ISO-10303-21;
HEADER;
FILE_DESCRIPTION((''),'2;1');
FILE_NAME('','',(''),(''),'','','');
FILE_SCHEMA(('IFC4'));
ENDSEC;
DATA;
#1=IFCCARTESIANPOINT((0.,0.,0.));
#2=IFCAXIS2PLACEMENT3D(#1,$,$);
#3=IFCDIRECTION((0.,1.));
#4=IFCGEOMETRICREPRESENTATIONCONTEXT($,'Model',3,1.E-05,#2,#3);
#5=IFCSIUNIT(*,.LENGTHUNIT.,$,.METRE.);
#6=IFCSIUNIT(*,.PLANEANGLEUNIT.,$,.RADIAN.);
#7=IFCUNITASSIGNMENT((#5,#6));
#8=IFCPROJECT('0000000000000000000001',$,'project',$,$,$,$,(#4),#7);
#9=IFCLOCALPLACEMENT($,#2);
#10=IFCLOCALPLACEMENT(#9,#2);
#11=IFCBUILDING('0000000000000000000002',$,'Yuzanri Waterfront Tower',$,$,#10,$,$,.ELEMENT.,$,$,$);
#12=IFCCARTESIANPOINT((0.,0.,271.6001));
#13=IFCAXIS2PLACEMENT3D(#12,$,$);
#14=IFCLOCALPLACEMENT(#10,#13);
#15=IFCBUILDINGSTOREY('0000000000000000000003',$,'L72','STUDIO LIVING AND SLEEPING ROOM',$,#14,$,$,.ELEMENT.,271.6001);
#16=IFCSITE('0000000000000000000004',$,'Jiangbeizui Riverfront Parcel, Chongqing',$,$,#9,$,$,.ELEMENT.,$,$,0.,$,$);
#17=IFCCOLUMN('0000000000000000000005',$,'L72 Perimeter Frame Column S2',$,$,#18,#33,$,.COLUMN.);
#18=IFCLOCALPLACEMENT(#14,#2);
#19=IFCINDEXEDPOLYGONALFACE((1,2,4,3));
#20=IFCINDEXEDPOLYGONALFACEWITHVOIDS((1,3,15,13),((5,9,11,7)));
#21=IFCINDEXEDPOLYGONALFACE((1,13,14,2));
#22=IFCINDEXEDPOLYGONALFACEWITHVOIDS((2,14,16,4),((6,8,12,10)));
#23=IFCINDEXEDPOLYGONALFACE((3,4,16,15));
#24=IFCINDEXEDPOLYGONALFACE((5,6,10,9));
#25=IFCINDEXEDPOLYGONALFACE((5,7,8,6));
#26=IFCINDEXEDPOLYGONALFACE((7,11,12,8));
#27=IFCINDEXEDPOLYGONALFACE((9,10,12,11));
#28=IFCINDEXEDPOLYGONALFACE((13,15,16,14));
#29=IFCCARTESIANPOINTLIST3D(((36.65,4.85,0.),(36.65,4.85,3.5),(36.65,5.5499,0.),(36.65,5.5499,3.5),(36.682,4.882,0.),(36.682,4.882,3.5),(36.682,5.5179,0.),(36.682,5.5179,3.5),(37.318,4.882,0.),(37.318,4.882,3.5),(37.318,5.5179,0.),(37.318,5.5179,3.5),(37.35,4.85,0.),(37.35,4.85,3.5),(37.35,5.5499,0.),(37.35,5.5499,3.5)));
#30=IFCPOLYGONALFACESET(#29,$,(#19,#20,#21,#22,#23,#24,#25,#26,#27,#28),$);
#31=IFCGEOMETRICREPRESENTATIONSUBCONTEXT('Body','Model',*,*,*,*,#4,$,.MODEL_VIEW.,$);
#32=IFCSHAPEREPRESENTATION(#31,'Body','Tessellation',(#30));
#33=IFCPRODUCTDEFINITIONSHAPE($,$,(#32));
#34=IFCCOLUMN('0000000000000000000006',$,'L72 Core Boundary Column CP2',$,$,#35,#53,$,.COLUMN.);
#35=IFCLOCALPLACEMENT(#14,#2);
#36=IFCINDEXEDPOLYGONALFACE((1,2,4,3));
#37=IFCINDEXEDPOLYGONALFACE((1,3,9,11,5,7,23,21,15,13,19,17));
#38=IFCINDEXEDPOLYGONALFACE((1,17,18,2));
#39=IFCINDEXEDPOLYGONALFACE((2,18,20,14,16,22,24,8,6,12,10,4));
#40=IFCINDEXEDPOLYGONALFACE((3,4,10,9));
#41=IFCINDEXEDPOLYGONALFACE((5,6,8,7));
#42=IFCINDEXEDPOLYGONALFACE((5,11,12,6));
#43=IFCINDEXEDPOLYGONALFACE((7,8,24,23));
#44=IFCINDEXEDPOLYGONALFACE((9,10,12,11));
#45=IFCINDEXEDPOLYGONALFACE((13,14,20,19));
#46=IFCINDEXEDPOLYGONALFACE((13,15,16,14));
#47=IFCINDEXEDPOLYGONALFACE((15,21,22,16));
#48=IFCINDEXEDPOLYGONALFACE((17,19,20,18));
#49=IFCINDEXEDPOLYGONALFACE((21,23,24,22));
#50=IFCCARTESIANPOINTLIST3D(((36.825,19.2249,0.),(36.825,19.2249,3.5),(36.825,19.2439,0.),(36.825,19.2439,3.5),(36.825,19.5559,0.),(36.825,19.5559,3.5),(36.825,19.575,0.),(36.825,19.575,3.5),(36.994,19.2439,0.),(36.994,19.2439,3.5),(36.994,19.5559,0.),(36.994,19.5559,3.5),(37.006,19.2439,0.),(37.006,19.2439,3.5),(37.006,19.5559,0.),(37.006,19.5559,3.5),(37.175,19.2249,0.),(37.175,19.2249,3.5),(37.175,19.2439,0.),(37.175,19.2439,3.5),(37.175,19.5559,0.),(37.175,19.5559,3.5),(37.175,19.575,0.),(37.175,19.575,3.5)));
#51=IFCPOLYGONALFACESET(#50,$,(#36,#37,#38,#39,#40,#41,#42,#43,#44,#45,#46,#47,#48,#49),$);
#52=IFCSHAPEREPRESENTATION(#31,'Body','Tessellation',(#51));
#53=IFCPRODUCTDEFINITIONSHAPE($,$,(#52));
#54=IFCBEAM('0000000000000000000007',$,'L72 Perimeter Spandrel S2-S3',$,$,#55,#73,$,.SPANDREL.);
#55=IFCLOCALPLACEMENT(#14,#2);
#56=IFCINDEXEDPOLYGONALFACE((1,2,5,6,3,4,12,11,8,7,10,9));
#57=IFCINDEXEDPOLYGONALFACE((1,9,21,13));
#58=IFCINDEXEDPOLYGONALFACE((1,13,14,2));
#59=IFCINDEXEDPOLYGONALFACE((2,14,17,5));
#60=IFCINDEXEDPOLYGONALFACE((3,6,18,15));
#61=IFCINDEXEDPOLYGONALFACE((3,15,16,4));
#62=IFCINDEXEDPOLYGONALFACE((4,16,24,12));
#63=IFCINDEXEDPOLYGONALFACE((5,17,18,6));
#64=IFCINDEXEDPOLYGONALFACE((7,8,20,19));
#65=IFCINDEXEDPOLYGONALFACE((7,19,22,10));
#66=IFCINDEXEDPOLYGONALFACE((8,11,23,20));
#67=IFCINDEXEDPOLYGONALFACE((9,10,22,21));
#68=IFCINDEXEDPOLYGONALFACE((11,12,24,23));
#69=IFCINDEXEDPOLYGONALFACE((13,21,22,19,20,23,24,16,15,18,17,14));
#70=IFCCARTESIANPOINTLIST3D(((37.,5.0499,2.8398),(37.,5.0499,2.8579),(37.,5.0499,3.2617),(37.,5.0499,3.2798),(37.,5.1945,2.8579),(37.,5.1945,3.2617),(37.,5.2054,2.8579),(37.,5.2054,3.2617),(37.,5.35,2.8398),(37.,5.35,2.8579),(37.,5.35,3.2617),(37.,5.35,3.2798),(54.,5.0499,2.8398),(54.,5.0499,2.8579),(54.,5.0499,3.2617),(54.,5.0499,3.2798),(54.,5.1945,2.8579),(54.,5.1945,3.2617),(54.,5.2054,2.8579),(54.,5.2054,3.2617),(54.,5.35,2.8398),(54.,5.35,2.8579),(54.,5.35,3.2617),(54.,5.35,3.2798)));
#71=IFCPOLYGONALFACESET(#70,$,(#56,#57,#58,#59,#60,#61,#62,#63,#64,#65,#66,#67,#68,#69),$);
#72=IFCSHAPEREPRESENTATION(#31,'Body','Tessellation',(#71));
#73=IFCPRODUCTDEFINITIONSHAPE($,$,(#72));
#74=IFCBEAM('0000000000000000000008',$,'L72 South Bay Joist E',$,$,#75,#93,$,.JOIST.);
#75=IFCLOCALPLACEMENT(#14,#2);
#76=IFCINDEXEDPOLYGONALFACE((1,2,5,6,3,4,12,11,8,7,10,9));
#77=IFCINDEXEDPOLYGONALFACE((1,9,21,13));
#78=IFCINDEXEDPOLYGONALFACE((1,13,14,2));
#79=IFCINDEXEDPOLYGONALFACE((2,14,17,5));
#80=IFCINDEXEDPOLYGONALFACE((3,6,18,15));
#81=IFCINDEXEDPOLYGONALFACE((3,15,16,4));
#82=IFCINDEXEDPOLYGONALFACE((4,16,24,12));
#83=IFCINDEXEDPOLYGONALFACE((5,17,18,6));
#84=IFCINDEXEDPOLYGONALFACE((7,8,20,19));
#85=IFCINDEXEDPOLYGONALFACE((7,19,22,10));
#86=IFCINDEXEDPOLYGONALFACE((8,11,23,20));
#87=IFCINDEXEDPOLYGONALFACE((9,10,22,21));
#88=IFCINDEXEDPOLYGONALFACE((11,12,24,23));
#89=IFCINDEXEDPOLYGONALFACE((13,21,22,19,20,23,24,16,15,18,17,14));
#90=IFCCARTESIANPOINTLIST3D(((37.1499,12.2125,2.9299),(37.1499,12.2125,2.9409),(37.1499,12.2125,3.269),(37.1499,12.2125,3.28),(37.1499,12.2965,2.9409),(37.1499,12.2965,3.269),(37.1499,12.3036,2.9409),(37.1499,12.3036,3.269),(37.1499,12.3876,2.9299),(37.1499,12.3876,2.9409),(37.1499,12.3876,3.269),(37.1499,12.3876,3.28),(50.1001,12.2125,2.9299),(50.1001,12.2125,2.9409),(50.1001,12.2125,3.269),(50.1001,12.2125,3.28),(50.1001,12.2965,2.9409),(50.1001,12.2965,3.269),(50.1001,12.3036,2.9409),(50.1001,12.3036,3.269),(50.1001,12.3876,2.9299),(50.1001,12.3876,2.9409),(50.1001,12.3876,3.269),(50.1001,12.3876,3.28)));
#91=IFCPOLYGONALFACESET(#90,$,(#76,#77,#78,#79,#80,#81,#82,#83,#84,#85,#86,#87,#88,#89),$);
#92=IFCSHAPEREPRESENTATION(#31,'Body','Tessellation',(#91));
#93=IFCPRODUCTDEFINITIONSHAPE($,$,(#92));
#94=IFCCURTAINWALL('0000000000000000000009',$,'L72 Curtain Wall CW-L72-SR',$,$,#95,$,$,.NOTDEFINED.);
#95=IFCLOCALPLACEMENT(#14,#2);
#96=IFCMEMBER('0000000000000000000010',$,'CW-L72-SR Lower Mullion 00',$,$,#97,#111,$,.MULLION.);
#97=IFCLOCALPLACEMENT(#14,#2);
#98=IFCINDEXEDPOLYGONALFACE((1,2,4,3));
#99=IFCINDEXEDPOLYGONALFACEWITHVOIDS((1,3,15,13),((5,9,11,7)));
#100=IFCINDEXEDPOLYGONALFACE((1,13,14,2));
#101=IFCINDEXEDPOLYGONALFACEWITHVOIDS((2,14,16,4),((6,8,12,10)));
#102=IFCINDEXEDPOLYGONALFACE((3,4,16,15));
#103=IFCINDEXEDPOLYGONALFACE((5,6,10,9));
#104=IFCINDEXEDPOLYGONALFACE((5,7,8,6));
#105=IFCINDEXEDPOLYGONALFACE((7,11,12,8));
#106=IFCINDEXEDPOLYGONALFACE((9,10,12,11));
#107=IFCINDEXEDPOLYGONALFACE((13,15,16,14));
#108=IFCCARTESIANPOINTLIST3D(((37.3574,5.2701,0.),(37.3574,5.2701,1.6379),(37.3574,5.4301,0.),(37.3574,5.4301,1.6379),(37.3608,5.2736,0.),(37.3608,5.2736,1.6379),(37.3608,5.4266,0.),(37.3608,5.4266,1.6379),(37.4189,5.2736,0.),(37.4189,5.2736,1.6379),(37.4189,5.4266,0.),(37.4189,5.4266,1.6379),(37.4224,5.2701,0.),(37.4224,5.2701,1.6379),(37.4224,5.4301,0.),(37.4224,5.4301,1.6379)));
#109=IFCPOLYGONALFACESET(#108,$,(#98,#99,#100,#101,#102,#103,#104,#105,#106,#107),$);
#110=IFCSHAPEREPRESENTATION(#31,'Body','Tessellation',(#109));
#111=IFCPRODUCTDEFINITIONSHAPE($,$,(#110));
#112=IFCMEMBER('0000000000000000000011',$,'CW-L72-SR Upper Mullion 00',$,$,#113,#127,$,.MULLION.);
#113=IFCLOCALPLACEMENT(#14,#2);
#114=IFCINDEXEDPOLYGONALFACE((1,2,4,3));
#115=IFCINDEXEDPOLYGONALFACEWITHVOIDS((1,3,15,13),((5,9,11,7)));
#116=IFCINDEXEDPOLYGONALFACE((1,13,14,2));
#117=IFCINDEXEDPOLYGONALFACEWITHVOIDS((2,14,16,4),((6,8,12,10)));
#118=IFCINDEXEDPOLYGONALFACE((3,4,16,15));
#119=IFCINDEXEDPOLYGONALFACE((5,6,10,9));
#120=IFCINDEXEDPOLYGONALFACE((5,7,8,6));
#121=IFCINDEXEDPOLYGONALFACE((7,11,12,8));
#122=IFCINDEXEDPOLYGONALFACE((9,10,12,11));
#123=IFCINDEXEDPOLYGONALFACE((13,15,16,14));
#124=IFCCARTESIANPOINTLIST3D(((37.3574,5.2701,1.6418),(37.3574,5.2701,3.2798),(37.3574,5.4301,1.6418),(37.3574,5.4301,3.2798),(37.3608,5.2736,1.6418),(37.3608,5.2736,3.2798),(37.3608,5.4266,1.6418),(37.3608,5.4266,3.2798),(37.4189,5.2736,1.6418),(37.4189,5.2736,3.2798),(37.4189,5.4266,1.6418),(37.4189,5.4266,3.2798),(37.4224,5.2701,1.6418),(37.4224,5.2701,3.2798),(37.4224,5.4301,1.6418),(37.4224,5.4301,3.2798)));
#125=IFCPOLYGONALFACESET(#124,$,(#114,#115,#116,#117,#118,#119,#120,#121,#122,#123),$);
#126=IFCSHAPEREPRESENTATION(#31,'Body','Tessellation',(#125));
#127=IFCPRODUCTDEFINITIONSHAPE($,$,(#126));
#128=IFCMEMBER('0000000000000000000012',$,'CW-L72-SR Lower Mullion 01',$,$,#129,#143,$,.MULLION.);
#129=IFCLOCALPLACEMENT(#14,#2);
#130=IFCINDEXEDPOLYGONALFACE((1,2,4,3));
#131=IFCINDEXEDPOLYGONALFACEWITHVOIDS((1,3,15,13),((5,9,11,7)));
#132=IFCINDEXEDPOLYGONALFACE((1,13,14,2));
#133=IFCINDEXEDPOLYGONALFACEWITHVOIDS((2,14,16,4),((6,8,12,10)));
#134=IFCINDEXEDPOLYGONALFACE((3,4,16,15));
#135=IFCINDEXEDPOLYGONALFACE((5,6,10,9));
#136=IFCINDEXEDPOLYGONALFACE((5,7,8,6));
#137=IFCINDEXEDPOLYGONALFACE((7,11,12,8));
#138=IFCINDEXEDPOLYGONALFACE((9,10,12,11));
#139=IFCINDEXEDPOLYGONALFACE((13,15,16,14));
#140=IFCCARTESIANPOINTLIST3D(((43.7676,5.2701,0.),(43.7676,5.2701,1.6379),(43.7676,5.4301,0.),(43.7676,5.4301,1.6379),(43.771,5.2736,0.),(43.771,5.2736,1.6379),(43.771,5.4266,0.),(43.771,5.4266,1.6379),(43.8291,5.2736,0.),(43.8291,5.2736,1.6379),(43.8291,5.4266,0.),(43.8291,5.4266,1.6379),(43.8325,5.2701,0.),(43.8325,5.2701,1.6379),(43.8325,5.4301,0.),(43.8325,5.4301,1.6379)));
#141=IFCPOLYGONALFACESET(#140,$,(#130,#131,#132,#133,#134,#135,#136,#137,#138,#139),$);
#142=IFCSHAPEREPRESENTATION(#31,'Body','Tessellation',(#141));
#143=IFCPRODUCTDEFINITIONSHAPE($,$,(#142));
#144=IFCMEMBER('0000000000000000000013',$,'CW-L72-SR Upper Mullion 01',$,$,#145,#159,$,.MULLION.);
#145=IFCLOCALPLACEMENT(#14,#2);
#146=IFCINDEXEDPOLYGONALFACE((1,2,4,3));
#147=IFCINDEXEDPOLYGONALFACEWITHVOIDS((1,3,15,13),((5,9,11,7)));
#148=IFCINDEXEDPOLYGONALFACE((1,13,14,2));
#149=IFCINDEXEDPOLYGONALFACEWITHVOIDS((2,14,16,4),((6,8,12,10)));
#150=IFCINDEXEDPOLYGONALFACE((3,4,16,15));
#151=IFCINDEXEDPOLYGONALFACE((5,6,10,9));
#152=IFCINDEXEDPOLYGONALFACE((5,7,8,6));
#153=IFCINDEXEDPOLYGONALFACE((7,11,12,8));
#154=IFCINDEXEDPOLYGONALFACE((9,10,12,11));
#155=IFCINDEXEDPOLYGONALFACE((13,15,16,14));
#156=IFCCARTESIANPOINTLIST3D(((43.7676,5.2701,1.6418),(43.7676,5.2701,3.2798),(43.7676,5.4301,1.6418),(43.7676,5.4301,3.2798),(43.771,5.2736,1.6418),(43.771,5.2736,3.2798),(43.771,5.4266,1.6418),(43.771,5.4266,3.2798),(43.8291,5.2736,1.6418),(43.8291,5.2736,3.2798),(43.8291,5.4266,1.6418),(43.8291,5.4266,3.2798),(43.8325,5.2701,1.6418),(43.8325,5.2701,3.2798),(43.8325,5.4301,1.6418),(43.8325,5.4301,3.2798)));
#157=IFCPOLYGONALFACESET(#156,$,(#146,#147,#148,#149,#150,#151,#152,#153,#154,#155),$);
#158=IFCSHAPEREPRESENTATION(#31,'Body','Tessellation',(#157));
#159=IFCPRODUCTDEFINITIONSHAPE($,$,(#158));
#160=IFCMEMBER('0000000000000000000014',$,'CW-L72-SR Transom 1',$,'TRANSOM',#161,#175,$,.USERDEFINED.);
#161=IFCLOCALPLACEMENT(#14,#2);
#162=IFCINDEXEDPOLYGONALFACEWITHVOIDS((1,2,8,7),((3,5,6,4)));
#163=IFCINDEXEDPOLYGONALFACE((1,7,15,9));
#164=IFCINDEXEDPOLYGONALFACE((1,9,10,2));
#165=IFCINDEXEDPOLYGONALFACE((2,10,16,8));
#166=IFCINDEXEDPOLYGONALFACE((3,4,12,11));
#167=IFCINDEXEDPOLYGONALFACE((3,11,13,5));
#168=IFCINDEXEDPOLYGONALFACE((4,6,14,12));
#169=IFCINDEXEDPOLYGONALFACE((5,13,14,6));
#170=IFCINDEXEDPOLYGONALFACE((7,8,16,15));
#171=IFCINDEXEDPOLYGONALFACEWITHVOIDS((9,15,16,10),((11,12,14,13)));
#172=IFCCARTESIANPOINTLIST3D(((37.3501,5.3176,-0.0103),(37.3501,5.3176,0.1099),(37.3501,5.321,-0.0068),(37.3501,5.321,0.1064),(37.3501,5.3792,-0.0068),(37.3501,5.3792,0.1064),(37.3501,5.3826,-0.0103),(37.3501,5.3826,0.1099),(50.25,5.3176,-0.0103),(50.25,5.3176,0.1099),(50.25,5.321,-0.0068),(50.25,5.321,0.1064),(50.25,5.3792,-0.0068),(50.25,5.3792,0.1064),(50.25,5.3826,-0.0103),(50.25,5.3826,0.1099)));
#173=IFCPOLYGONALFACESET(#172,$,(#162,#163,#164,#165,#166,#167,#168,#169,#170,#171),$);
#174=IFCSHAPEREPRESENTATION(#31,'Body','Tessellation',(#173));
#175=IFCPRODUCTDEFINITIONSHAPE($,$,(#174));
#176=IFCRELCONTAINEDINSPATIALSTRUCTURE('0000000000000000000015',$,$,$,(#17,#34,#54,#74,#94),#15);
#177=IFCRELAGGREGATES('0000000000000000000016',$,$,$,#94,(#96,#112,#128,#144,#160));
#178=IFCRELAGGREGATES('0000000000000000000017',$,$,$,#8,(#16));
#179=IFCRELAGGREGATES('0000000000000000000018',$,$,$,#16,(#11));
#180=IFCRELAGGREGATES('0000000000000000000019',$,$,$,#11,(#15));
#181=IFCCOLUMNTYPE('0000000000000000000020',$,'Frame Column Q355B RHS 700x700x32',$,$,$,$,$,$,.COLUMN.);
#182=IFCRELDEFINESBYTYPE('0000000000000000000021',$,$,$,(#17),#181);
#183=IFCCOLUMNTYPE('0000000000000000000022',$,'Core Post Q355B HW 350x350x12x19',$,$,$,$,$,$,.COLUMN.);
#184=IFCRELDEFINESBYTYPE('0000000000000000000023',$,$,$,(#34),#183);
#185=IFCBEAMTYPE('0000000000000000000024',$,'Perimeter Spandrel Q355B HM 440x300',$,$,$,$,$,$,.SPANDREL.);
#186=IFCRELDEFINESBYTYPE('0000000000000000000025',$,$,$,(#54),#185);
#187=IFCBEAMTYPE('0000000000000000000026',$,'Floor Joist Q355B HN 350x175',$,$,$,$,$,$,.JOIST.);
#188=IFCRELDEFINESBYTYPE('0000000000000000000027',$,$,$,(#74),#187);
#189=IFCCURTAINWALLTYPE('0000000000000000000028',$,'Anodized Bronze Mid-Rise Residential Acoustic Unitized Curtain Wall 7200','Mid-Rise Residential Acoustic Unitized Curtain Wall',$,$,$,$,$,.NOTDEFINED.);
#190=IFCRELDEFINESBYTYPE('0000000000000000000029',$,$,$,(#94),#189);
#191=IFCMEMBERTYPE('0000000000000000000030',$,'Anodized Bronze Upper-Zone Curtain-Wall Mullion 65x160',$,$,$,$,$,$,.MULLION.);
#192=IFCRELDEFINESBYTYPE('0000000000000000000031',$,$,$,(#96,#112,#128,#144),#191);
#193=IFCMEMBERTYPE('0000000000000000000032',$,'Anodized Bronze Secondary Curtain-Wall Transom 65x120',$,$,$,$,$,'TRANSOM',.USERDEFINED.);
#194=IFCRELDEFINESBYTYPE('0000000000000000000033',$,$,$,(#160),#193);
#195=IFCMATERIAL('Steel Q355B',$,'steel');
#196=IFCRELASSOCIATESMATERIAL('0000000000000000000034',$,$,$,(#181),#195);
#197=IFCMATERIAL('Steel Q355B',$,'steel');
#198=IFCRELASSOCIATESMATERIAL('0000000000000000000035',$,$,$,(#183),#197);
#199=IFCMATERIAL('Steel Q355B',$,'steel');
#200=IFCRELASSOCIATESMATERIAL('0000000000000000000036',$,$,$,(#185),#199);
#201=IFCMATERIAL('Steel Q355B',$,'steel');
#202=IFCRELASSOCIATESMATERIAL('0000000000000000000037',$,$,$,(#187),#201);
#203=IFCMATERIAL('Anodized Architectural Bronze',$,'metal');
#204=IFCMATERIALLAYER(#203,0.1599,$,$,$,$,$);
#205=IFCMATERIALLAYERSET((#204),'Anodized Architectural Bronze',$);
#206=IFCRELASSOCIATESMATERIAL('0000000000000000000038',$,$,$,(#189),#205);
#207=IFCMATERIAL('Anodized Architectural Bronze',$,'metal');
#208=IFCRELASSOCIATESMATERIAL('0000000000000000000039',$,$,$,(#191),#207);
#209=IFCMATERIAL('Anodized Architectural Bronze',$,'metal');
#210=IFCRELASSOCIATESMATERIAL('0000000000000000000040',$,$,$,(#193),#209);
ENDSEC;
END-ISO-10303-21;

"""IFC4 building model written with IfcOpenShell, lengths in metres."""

from ifc_helpers import new_model, si_unit, direction, frame, origin, origin_2d, place, context, subcontext, project, spatial, hollow_rectangle, i_section, extrude, source, transform, mapped, material, layer, layer_set, material_profile, profile_set, type_object, element, aggregate, save


model = new_model("IFC4")

# Units and contexts
model_context = context("Model", 3, precision=1e-05, world=origin(), true_north=direction((0.0, 1.0)))
body_context = subcontext(model_context, "Body", "Model", "MODEL_VIEW")
ifc_project = project(units=[si_unit("LENGTHUNIT", "METRE"), si_unit("PLANEANGLEUNIT", "RADIAN")], contexts=[model_context])

# Site, building, storey
site_placement = place(None, origin())
site = spatial("IfcSite", under=ifc_project, at=site_placement, Name="Jiangbeizui Riverfront Parcel, Chongqing", CompositionType="ELEMENT", RefElevation=0.0)
building_placement = place(site_placement, origin())
building = spatial("IfcBuilding", under=site, at=building_placement, Name="Yuzanri Waterfront Tower", CompositionType="ELEMENT")
storey_placement = place(building_placement, frame((0.0, 0.0, 271.6001)))
storey = spatial("IfcBuildingStorey", under=building, at=storey_placement, Name="L72", Description="STUDIO LIVING AND SLEEPING ROOM", CompositionType="ELEMENT", Elevation=271.6001)

# Columns
ifc_material_1 = material(Name="Steel Q355B", Category="steel")
ifc_material_profile_1 = material_profile(ifc_material_1, hollow_rectangle(XDim=0.7, YDim=0.7, WallThickness=0.032, at=origin_2d()), Name="RHS 700x700x32")
ifc_profile_set_1 = profile_set([ifc_material_profile_1], Name="Steel Q355B")
column_type_1 = type_object("IfcColumnType", Name="Frame Column Q355B RHS 700x700x32", PredefinedType="COLUMN", material=ifc_profile_set_1)
shared_shape_1 = source(origin(), body_context, "Body", "SweptSolid", [
    extrude(hollow_rectangle(XDim=0.7, YDim=0.7, WallThickness=0.032, at=origin_2d()), origin(), (0.0, 0.0, 1.0), 3.5),
])
column_1_placement = place(storey_placement, frame((37.0, 5.2, 0.0), z_axis=(0.0, 0.0, 1.0), x_axis=(1.0, 0.0, 0.0)))
element("IfcColumn", 1, at=column_1_placement, inside=storey, type_object=column_type_1, Name="L72 Perimeter Frame Column S2", PredefinedType="COLUMN", context=body_context, shape_type="MappedRepresentation", body=[
    mapped(shared_shape_1, transform((0.0, 0.0, 0.0), scale=1.0)),
])
ifc_material_2 = material(Name="Steel Q355B", Category="steel")
ifc_material_profile_2 = material_profile(ifc_material_2, i_section(OverallWidth=0.3501, OverallDepth=0.3501, WebThickness=0.012, FlangeThickness=0.019, at=origin_2d()), Name="HW 350x350x12x19")
ifc_profile_set_2 = profile_set([ifc_material_profile_2], Name="Steel Q355B")
column_type_2 = type_object("IfcColumnType", Name="Core Post Q355B HW 350x350x12x19", PredefinedType="COLUMN", material=ifc_profile_set_2)
shared_shape_2 = source(origin(), body_context, "Body", "SweptSolid", [
    extrude(i_section(OverallWidth=0.3501, OverallDepth=0.3501, WebThickness=0.012, FlangeThickness=0.019, at=origin_2d()), origin(), (0.0, 0.0, 1.0), 3.5),
])
column_2_placement = place(storey_placement, frame((37.0, 19.3999, 0.0), z_axis=(0.0, 0.0, 1.0), x_axis=(1.0, 0.0, 0.0)))
element("IfcColumn", 2, at=column_2_placement, inside=storey, type_object=column_type_2, Name="L72 Core Boundary Column CP2", PredefinedType="COLUMN", context=body_context, shape_type="MappedRepresentation", body=[
    mapped(shared_shape_2, transform((0.0, 0.0, 0.0), scale=1.0)),
])

# Beams
ifc_material_3 = material(Name="Steel Q355B", Category="steel")
ifc_material_profile_3 = material_profile(ifc_material_3, i_section(OverallWidth=0.3, OverallDepth=0.4399, WebThickness=0.011, FlangeThickness=0.0181, at=origin_2d()), Name="HM 440x300x11x18")
ifc_profile_set_3 = profile_set([ifc_material_profile_3], Name="Steel Q355B")
beam_type_1 = type_object("IfcBeamType", Name="Perimeter Spandrel Q355B HM 440x300", PredefinedType="SPANDREL", material=ifc_profile_set_3)
shared_shape_3 = source(origin(), body_context, "Body", "SweptSolid", [
    extrude(i_section(OverallWidth=0.3, OverallDepth=0.4399, WebThickness=0.011, FlangeThickness=0.0181, at=origin_2d()), origin(), (0.0, 0.0, 1.0), 17.0),
])
beam_1_placement = place(storey_placement, frame((37.0, 5.2, 3.0598), z_axis=(1.0, 0.0, 0.0), x_axis=(0.0, 1.0, 0.0)))
element("IfcBeam", 3, at=beam_1_placement, inside=storey, type_object=beam_type_1, Name="L72 Perimeter Spandrel S2-S3", PredefinedType="SPANDREL", context=body_context, shape_type="MappedRepresentation", body=[
    mapped(shared_shape_3, transform((0.0, 0.0, 0.0), scale=1.0)),
])
ifc_material_4 = material(Name="Steel Q355B", Category="steel")
ifc_material_profile_4 = material_profile(ifc_material_4, i_section(OverallWidth=0.175, OverallDepth=0.3501, WebThickness=0.0071, FlangeThickness=0.011, at=origin_2d()), Name="HN 350x175x7x11")
ifc_profile_set_4 = profile_set([ifc_material_profile_4], Name="Steel Q355B")
beam_type_2 = type_object("IfcBeamType", Name="Floor Joist Q355B HN 350x175", PredefinedType="JOIST", material=ifc_profile_set_4)
shared_shape_4 = source(origin(), body_context, "Body", "SweptSolid", [
    extrude(i_section(OverallWidth=0.175, OverallDepth=0.3501, WebThickness=0.0071, FlangeThickness=0.011, at=origin_2d()), origin(), (0.0, 0.0, 1.0), 12.9502),
])
beam_2_placement = place(storey_placement, frame((37.1499, 12.3, 3.105), z_axis=(1.0, 0.0, 0.0), x_axis=(0.0, 1.0, 0.0)))
element("IfcBeam", 4, at=beam_2_placement, inside=storey, type_object=beam_type_2, Name="L72 South Bay Joist E", PredefinedType="JOIST", context=body_context, shape_type="MappedRepresentation", body=[
    mapped(shared_shape_4, transform((0.0, 0.0, 0.0), scale=1.0)),
])

# Curtain wall, members
ifc_material_5 = material(Name="Anodized Architectural Bronze", Category="metal")
ifc_layer_1 = layer(ifc_material_5, 0.1599)
ifc_layer_set_1 = layer_set([ifc_layer_1], Name="Anodized Architectural Bronze")
curtain_wall_type = type_object("IfcCurtainWallType", Name="Anodized Bronze Mid-Rise Residential Acoustic Unitized Curtain Wall 7200", Description="Mid-Rise Residential Acoustic Unitized Curtain Wall", PredefinedType="NOTDEFINED", material=ifc_layer_set_1)
curtain_wall_placement = place(storey_placement, origin())
curtain_wall = element("IfcCurtainWall", 5, at=curtain_wall_placement, inside=storey, type_object=curtain_wall_type, Name="L72 Curtain Wall CW-L72-SR", PredefinedType="NOTDEFINED")
ifc_material_6 = material(Name="Anodized Architectural Bronze", Category="metal")
ifc_material_profile_5 = material_profile(ifc_material_6, hollow_rectangle(XDim=0.0649, YDim=0.1599, WallThickness=0.0034, at=origin_2d()), Name="CWM 65x160")
ifc_profile_set_5 = profile_set([ifc_material_profile_5], Name="Anodized Architectural Bronze")
member_type_1 = type_object("IfcMemberType", Name="Anodized Bronze Upper-Zone Curtain-Wall Mullion 65x160", PredefinedType="MULLION", material=ifc_profile_set_5)
shared_shape_5 = source(origin(), body_context, "Body", "SweptSolid", [
    extrude(hollow_rectangle(XDim=0.0649, YDim=0.1599, WallThickness=0.0034, at=origin_2d()), origin(), (0.0, 0.0, 1.0), 1.6379),
])
member_1_placement = place(storey_placement, frame((37.3899, 5.3501, 0.0), z_axis=(0.0, 0.0, 1.0), x_axis=(1.0, 0.0, 0.0)))
member_1 = element("IfcMember", 6, at=member_1_placement, type_object=member_type_1, Name="CW-L72-SR Lower Mullion 00", PredefinedType="MULLION", context=body_context, shape_type="MappedRepresentation", body=[
    mapped(shared_shape_5, transform((0.0, 0.0, 0.0), scale=1.0)),
])
member_2_placement = place(storey_placement, frame((37.3899, 5.3501, 1.6418), z_axis=(0.0, 0.0, 1.0), x_axis=(1.0, 0.0, 0.0)))
member_2 = element("IfcMember", 7, at=member_2_placement, type_object=member_type_1, Name="CW-L72-SR Upper Mullion 00", PredefinedType="MULLION", context=body_context, shape_type="MappedRepresentation", body=[
    mapped(shared_shape_5, transform((0.0, 0.0, 0.0), scale=1.0)),
])
member_3_placement = place(storey_placement, frame((43.8, 5.3501, 0.0), z_axis=(0.0, 0.0, 1.0), x_axis=(1.0, 0.0, 0.0)))
member_3 = element("IfcMember", 8, at=member_3_placement, type_object=member_type_1, Name="CW-L72-SR Lower Mullion 01", PredefinedType="MULLION", context=body_context, shape_type="MappedRepresentation", body=[
    mapped(shared_shape_5, transform((0.0, 0.0, 0.0), scale=1.0)),
])
member_4_placement = place(storey_placement, frame((43.8, 5.3501, 1.6418), z_axis=(0.0, 0.0, 1.0), x_axis=(1.0, 0.0, 0.0)))
member_4 = element("IfcMember", 9, at=member_4_placement, type_object=member_type_1, Name="CW-L72-SR Upper Mullion 01", PredefinedType="MULLION", context=body_context, shape_type="MappedRepresentation", body=[
    mapped(shared_shape_5, transform((0.0, 0.0, 0.0), scale=1.0)),
])
ifc_material_7 = material(Name="Anodized Architectural Bronze", Category="metal")
ifc_material_profile_6 = material_profile(ifc_material_7, hollow_rectangle(XDim=0.0649, YDim=0.1201, WallThickness=0.0034, at=origin_2d()), Name="CWT 65x120")
ifc_profile_set_6 = profile_set([ifc_material_profile_6], Name="Anodized Architectural Bronze")
member_type_2 = type_object("IfcMemberType", Name="Anodized Bronze Secondary Curtain-Wall Transom 65x120", ElementType="TRANSOM", PredefinedType="USERDEFINED", material=ifc_profile_set_6)
shared_shape_6 = source(origin(), body_context, "Body", "SweptSolid", [
    extrude(hollow_rectangle(XDim=0.0649, YDim=0.1201, WallThickness=0.0034, at=origin_2d()), origin(), (0.0, 0.0, 1.0), 12.8999),
])
member_5_placement = place(storey_placement, frame((37.3501, 5.3501, 0.0498), z_axis=(1.0, 0.0, 0.0), x_axis=(0.0, 1.0, 0.0)))
member_5 = element("IfcMember", 10, at=member_5_placement, type_object=member_type_2, Name="CW-L72-SR Transom 1", ObjectType="TRANSOM", PredefinedType="USERDEFINED", context=body_context, shape_type="MappedRepresentation", body=[
    mapped(shared_shape_6, transform((0.0, 0.0, 0.0), scale=1.0)),
])
aggregate(curtain_wall, [member_1, member_2, member_3, member_4, member_5])

save(model, "model.ifc")
